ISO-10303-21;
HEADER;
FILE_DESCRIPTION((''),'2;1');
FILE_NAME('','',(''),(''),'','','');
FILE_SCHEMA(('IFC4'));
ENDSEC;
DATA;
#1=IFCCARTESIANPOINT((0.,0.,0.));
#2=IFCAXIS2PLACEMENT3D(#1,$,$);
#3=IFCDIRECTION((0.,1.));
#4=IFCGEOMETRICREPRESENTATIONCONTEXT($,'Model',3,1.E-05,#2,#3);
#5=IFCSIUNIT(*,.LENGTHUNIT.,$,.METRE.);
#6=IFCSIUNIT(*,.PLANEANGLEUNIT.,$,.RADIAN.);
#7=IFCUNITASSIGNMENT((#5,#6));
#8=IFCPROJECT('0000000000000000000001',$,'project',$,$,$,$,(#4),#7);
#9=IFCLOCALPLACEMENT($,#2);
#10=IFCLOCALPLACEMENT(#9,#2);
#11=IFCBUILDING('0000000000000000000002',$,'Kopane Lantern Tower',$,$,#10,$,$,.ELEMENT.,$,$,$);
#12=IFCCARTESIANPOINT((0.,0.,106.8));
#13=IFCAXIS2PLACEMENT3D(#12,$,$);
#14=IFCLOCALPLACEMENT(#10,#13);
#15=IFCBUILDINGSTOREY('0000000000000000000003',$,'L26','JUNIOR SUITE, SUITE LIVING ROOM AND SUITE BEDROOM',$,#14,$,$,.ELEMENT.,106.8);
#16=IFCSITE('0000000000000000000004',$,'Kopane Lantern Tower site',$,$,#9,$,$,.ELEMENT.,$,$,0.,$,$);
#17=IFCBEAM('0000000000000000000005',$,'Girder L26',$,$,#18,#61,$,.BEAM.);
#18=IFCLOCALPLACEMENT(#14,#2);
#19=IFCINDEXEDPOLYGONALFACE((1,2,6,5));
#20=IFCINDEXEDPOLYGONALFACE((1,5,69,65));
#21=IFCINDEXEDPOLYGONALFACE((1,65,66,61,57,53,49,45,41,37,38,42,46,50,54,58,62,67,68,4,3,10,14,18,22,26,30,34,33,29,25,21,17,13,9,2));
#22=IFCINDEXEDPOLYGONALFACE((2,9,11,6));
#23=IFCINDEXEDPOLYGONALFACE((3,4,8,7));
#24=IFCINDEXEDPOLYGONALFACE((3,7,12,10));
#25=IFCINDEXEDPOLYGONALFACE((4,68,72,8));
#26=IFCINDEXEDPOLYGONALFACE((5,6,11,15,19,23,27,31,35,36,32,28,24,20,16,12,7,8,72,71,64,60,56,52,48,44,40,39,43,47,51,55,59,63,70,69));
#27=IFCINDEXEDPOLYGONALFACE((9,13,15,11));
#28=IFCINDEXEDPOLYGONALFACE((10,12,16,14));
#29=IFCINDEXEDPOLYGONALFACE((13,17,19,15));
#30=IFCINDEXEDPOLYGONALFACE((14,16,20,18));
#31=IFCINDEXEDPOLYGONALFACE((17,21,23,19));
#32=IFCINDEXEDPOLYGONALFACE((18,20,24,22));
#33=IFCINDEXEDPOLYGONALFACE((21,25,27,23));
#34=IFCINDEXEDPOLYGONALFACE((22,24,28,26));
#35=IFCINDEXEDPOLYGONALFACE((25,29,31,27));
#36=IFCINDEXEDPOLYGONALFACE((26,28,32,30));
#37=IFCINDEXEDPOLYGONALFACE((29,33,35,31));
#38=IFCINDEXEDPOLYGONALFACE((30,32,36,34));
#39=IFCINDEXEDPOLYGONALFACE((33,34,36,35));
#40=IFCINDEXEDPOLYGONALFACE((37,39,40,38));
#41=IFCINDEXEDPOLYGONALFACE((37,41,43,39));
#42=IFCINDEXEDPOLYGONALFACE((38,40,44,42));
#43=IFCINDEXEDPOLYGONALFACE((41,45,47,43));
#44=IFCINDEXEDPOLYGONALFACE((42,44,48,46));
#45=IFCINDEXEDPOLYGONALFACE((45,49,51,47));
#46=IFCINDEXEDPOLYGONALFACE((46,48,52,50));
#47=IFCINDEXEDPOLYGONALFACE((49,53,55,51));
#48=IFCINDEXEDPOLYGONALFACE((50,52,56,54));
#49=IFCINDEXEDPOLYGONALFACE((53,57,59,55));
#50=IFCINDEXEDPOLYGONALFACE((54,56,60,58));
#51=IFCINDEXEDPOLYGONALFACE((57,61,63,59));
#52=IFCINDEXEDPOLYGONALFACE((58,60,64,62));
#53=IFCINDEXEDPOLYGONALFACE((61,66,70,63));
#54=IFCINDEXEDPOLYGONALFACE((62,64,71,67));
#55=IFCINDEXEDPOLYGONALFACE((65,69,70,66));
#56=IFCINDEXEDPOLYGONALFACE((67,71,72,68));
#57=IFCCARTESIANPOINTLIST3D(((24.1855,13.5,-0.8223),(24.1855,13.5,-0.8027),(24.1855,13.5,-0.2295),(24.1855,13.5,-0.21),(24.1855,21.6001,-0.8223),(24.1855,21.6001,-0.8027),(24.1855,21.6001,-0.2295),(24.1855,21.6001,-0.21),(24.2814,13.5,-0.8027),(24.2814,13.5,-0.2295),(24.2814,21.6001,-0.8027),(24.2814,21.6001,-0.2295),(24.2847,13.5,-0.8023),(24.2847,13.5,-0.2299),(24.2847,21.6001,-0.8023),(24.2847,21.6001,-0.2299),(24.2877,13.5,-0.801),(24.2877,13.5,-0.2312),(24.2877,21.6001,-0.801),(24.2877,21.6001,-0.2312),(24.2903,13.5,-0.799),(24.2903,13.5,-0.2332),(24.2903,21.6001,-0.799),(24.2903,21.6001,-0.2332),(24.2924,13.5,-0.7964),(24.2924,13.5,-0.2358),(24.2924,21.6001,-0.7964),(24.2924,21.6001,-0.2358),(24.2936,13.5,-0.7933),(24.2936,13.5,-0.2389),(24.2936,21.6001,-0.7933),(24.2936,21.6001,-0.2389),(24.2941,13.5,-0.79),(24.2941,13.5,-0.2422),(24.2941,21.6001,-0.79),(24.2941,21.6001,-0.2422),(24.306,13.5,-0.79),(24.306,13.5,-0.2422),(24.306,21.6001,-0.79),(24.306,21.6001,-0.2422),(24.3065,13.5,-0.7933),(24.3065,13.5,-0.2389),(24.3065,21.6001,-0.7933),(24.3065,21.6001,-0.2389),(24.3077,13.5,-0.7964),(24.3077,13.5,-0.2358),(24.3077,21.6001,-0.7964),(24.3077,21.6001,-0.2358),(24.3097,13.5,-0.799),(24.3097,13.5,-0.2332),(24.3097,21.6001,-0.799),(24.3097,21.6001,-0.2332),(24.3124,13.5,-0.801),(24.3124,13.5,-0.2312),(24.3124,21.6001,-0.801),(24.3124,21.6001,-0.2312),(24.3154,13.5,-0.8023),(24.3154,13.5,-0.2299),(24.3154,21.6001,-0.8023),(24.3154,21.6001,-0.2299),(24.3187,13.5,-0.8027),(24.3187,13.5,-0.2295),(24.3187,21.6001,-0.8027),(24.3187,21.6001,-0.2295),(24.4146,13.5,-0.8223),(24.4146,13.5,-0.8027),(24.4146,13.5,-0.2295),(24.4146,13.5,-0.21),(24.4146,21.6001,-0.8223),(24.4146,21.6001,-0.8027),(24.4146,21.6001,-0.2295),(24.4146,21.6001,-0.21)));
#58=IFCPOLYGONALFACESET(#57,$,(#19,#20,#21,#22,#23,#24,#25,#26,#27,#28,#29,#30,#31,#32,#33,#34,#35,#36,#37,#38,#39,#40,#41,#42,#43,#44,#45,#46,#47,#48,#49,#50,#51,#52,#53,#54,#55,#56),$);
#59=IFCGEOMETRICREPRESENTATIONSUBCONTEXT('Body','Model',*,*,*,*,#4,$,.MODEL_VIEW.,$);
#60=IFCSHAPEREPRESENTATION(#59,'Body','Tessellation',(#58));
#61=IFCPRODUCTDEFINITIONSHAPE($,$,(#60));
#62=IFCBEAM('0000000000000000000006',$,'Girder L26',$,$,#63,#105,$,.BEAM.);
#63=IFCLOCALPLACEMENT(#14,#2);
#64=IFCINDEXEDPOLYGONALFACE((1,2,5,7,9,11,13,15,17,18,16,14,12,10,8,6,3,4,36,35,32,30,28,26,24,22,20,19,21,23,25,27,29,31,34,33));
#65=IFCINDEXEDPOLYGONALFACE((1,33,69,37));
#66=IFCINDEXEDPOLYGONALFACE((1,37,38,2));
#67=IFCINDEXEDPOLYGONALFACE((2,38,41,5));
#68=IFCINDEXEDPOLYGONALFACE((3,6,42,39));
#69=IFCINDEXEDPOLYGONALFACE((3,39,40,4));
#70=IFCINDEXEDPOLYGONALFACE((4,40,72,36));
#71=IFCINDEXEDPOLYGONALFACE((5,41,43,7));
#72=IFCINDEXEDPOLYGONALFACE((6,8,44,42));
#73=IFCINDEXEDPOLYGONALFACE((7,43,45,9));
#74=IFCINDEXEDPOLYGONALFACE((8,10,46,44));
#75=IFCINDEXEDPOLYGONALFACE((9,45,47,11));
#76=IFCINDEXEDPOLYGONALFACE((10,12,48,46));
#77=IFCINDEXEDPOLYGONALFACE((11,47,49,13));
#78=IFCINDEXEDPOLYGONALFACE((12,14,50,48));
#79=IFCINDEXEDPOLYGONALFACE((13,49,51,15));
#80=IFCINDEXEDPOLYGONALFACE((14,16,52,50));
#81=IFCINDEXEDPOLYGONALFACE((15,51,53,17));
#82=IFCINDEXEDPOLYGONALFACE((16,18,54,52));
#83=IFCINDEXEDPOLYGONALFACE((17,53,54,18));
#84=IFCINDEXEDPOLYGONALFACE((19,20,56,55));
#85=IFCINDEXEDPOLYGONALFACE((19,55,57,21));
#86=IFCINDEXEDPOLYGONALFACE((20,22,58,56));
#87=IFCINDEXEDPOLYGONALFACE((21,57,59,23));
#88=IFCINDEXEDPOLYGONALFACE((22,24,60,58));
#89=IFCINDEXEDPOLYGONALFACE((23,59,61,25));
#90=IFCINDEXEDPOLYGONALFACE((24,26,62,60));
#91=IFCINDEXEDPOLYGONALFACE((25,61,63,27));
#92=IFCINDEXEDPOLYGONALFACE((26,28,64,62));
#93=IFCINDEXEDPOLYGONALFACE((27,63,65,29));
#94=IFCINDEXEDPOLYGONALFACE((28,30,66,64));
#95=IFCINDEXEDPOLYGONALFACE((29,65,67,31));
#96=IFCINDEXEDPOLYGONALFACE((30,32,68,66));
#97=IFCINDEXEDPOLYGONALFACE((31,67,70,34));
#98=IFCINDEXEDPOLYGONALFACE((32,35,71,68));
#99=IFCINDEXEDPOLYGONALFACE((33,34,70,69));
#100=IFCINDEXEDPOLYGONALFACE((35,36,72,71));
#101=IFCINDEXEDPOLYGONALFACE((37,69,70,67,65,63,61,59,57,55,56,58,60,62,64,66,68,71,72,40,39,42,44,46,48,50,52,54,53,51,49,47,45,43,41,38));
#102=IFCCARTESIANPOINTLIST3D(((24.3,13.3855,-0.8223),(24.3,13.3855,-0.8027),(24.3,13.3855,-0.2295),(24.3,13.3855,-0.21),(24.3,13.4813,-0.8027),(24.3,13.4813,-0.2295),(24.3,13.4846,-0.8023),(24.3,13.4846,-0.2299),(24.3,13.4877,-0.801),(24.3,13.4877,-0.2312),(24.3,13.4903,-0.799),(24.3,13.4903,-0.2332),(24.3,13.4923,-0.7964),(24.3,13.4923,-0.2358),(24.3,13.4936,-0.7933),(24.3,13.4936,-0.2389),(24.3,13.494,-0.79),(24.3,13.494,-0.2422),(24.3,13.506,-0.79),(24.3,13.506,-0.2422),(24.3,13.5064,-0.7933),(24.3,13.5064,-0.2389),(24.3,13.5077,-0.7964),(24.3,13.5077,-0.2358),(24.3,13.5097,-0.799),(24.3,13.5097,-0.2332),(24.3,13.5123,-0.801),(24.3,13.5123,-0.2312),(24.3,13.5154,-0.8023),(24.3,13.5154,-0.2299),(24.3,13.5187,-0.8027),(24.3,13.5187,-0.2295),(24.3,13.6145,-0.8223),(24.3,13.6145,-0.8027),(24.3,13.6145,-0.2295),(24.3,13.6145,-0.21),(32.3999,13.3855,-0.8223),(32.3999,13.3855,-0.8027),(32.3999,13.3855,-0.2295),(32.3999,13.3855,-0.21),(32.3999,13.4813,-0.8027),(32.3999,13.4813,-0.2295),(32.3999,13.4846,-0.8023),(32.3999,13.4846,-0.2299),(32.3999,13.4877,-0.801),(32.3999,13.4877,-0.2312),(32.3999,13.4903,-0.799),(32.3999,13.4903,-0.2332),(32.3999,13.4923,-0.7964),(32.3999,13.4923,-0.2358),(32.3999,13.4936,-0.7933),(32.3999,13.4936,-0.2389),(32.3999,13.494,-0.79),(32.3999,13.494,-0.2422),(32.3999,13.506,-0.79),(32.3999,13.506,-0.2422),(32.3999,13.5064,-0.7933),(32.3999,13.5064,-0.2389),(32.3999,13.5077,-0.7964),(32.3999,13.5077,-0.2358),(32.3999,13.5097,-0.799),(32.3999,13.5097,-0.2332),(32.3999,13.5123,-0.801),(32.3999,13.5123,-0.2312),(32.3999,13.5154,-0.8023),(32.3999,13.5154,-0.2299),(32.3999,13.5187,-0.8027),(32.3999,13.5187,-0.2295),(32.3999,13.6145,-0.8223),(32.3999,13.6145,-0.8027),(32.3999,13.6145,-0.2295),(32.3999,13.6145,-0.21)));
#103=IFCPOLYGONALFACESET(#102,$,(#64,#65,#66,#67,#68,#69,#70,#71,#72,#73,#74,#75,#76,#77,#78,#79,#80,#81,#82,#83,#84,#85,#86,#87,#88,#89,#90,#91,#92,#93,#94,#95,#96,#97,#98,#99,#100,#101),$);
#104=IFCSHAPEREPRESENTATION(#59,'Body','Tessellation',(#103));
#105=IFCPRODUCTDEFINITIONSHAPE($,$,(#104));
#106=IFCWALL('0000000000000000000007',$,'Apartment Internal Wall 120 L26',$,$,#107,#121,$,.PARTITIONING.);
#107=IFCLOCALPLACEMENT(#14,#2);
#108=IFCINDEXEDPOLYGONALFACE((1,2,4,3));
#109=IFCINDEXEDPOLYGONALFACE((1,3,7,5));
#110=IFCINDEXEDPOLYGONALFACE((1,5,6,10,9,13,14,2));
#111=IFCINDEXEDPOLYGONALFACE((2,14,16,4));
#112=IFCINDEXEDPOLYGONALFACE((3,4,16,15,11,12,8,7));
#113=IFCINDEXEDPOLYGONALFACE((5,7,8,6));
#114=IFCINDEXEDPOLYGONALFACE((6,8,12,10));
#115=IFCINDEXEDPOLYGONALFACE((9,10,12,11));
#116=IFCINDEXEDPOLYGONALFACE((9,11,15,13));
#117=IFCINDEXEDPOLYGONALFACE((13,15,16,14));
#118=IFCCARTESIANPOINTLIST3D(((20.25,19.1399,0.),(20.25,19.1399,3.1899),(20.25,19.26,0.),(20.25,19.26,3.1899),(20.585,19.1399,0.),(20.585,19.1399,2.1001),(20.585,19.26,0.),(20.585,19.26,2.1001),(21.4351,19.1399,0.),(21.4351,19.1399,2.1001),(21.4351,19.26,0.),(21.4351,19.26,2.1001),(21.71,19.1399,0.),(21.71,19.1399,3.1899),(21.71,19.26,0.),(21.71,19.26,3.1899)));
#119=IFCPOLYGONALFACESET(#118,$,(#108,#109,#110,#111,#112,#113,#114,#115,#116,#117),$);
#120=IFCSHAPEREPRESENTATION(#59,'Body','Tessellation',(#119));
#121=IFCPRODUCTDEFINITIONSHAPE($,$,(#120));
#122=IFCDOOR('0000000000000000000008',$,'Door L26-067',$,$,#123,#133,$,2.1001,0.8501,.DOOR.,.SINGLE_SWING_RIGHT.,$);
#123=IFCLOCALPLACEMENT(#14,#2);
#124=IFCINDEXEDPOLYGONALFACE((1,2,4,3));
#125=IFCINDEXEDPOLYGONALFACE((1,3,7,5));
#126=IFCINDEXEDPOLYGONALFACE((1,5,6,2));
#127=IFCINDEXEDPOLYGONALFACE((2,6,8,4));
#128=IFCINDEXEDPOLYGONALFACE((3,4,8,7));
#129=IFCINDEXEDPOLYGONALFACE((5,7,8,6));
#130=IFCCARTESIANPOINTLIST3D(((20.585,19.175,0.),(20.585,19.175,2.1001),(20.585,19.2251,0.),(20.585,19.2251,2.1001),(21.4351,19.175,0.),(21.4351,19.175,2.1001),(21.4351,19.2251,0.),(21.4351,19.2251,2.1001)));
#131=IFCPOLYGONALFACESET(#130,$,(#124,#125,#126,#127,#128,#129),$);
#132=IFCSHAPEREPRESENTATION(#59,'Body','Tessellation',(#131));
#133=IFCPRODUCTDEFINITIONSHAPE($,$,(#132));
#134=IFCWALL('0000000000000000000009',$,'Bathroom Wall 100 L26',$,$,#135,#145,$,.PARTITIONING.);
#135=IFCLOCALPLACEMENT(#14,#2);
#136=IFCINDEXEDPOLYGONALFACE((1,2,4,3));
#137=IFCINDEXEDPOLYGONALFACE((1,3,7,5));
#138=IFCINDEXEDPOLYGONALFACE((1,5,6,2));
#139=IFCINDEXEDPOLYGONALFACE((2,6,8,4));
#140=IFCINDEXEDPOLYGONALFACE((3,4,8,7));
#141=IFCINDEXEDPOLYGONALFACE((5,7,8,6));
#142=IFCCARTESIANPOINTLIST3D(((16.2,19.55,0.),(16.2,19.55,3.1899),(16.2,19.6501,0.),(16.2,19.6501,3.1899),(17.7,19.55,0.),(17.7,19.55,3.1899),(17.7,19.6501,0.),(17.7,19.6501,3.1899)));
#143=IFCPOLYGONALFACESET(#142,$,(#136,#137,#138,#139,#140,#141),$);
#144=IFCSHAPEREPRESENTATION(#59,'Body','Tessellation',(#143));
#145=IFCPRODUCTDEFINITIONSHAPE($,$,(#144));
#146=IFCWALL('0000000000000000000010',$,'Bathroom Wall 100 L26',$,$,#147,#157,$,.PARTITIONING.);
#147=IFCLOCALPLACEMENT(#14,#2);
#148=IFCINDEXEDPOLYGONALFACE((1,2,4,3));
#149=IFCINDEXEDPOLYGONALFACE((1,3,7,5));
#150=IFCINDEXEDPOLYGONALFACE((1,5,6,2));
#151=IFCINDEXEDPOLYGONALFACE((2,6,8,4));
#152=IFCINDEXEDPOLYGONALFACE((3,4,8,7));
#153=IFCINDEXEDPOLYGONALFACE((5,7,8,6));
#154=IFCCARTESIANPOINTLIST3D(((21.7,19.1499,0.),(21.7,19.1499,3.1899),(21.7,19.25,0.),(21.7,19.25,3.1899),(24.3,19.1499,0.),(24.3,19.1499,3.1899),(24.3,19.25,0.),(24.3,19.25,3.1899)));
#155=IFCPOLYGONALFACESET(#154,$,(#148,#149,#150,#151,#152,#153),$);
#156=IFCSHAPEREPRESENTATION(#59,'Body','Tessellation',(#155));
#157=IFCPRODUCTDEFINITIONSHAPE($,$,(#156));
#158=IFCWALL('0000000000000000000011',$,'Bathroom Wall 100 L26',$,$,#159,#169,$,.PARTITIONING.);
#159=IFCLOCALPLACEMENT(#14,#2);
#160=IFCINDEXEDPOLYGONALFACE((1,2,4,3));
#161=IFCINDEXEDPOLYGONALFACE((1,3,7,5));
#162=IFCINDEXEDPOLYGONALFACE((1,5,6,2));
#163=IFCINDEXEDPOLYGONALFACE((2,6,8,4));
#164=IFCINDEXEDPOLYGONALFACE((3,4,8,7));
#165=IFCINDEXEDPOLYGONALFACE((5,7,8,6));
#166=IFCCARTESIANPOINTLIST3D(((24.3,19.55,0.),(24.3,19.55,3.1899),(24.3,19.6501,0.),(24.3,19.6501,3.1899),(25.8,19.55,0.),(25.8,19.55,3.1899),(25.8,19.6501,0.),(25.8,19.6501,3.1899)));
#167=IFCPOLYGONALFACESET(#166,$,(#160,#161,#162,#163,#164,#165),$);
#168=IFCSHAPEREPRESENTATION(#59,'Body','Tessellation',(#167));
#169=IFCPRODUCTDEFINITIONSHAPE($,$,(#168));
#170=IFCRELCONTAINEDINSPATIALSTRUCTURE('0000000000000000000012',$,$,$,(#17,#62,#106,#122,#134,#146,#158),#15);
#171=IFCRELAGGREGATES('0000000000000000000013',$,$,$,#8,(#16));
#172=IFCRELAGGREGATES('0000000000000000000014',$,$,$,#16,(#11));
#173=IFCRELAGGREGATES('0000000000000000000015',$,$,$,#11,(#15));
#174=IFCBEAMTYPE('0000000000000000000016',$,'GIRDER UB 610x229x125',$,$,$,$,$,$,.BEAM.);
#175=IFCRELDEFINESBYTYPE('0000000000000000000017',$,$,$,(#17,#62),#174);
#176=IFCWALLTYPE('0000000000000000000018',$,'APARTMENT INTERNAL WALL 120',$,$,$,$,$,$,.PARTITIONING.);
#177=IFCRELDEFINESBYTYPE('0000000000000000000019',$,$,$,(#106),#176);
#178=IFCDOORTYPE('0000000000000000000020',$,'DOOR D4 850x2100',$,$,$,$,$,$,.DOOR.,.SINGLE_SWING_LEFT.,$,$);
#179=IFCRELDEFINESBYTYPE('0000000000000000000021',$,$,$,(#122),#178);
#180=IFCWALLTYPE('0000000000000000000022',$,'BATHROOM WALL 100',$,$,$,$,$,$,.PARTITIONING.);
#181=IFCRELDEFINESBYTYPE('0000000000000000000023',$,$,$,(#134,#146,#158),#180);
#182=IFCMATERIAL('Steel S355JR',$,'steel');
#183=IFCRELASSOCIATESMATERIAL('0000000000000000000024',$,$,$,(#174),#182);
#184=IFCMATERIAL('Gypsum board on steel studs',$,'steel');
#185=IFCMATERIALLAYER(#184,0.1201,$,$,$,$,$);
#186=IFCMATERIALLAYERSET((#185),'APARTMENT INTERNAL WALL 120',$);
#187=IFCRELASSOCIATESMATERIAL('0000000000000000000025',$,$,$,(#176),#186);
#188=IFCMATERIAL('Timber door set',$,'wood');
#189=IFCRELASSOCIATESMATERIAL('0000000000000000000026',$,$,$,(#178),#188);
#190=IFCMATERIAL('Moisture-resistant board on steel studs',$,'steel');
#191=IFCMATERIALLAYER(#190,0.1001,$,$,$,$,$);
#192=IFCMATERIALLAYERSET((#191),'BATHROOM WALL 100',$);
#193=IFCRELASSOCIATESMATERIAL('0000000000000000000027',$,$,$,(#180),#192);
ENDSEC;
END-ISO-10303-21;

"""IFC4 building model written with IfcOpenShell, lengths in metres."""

from ifc_helpers import new_model, si_unit, direction, frame, frame_2d, origin, origin_2d, place, context, subcontext, project, spatial, rectangle, i_section, extrude, material, layer, layer_set, material_profile, profile_set, type_object, element, fill, save


model = new_model("IFC4")

# Units and contexts
model_context = context("Model", 3, precision=1e-05, world=origin(), true_north=direction((0.0, 1.0)))
body_context = subcontext(model_context, "Body", "Model", "MODEL_VIEW")
ifc_project = project(units=[si_unit("LENGTHUNIT", "METRE"), si_unit("PLANEANGLEUNIT", "RADIAN")], contexts=[model_context])

# Site, building, storey
site_placement = place(None, origin())
site = spatial("IfcSite", under=ifc_project, at=site_placement, Name="Kopane Lantern Tower site", CompositionType="ELEMENT", RefElevation=0.0)
building_placement = place(site_placement, origin())
building = spatial("IfcBuilding", under=site, at=building_placement, Name="Kopane Lantern Tower", CompositionType="ELEMENT")
storey_placement = place(building_placement, frame((0.0, 0.0, 106.8)))
storey = spatial("IfcBuildingStorey", under=building, at=storey_placement, Name="L26", Description="JUNIOR SUITE, SUITE LIVING ROOM AND SUITE BEDROOM", CompositionType="ELEMENT", Elevation=106.8)

# Beams
ifc_material_1 = material(Name="Steel S355JR", Category="steel")
ifc_material_profile_1 = material_profile(ifc_material_1, i_section(OverallWidth=0.229, OverallDepth=0.6123, WebThickness=0.012, FlangeThickness=0.0195, FilletRadius=0.0127, at=origin_2d()), Name="UB 610x229x125")
ifc_profile_set_1 = profile_set([ifc_material_profile_1], Name="Steel S355JR")
beam_type = type_object("IfcBeamType", Name="GIRDER UB 610x229x125", PredefinedType="BEAM", material=ifc_profile_set_1)
beam_1_placement = place(storey_placement, frame((24.3, 13.5, -0.5161), z_axis=(0.0, 1.0, 0.0), x_axis=(-1.0, 0.0, 0.0)))
element("IfcBeam", 1, at=beam_1_placement, inside=storey, type_object=beam_type, Name="Girder L26", PredefinedType="BEAM", context=body_context, shape_type="SweptSolid", body=[
    extrude(i_section(OverallWidth=0.229, OverallDepth=0.6123, WebThickness=0.012, FlangeThickness=0.0195, FilletRadius=0.0127, at=origin_2d()), origin(), (0.0, 0.0, 1.0), 8.1001),
])
beam_2_placement = place(storey_placement, frame((24.3, 13.5, -0.5161), z_axis=(1.0, 0.0, 0.0), x_axis=(0.0, 1.0, 0.0)))
element("IfcBeam", 2, at=beam_2_placement, inside=storey, type_object=beam_type, Name="Girder L26", PredefinedType="BEAM", context=body_context, shape_type="SweptSolid", body=[
    extrude(i_section(OverallWidth=0.229, OverallDepth=0.6123, WebThickness=0.012, FlangeThickness=0.0195, FilletRadius=0.0127, at=origin_2d()), origin(), (0.0, 0.0, 1.0), 8.0999),
])

# Wall, opening, door
ifc_material_2 = material(Name="Gypsum board on steel studs", Category="steel")
ifc_layer_1 = layer(ifc_material_2, 0.1201)
ifc_layer_set_1 = layer_set([ifc_layer_1], Name="APARTMENT INTERNAL WALL 120")
wall_type_1 = type_object("IfcWallType", Name="APARTMENT INTERNAL WALL 120", PredefinedType="PARTITIONING", material=ifc_layer_set_1)
wall_1_placement = place(storey_placement, frame((21.71, 19.2, 0.0), z_axis=(0.0, 0.0, 1.0), x_axis=(-1.0, 0.0, 0.0)))
wall_1 = element("IfcWall", 3, at=wall_1_placement, inside=storey, type_object=wall_type_1, Name="Apartment Internal Wall 120 L26", PredefinedType="PARTITIONING", context=body_context, shape_type="SweptSolid", body=[
    extrude(rectangle(XDim=1.46, YDim=0.1201, at=frame_2d((0.73, 0.0))), origin(), (0.0, 0.0, 1.0), 3.1899),
])
opening_placement = place(wall_1_placement, frame((0.2749, 0.0, 0.0)))
opening = element("IfcOpeningElement", 4, at=opening_placement, cuts=wall_1, PredefinedType="OPENING", context=body_context, shape_type="SweptSolid", body=[
    extrude(rectangle(XDim=0.8501, YDim=2.1001, at=frame_2d((0.425, 1.05))), frame((0.0, 0.0701, 0.0), z_axis=(0.0, -1.0, 0.0), x_axis=(1.0, 0.0, 0.0)), (0.0, 0.0, 1.0), 0.1401),
])
ifc_material_3 = material(Name="Timber door set", Category="wood")
door_type = type_object("IfcDoorType", Name="DOOR D4 850x2100", OperationType="SINGLE_SWING_LEFT", PredefinedType="DOOR", material=ifc_material_3)
door_placement = place(opening_placement, origin())
door = element("IfcDoor", 5, at=door_placement, inside=storey, type_object=door_type, Name="Door L26-067", OperationType="SINGLE_SWING_RIGHT", OverallHeight=2.1001, OverallWidth=0.8501, PredefinedType="DOOR", context=body_context, shape_type="SweptSolid", body=[
    extrude(rectangle(XDim=0.8501, YDim=2.1001, at=frame_2d((0.425, 1.05))), frame((0.0, 0.0249, 0.0), z_axis=(0.0, -1.0, 0.0), x_axis=(1.0, 0.0, 0.0)), (0.0, 0.0, 1.0), 0.05),
])
fill(opening, door)

# Walls
ifc_material_4 = material(Name="Moisture-resistant board on steel studs", Category="steel")
ifc_layer_2 = layer(ifc_material_4, 0.1001)
ifc_layer_set_2 = layer_set([ifc_layer_2], Name="BATHROOM WALL 100")
wall_type_2 = type_object("IfcWallType", Name="BATHROOM WALL 100", PredefinedType="PARTITIONING", material=ifc_layer_set_2)
wall_2_placement = place(storey_placement, frame((16.2, 19.6001, 0.0), z_axis=(0.0, 0.0, 1.0), x_axis=(1.0, 0.0, 0.0)))
element("IfcWall", 6, at=wall_2_placement, inside=storey, type_object=wall_type_2, Name="Bathroom Wall 100 L26", PredefinedType="PARTITIONING", context=body_context, shape_type="SweptSolid", body=[
    extrude(rectangle(XDim=1.5, YDim=0.1001, at=frame_2d((0.75, 0.0))), origin(), (0.0, 0.0, 1.0), 3.1899),
])
wall_3_placement = place(storey_placement, frame((21.7, 19.2, 0.0), z_axis=(0.0, 0.0, 1.0), x_axis=(1.0, 0.0, 0.0)))
element("IfcWall", 7, at=wall_3_placement, inside=storey, type_object=wall_type_2, Name="Bathroom Wall 100 L26", PredefinedType="PARTITIONING", context=body_context, shape_type="SweptSolid", body=[
    extrude(rectangle(XDim=2.6001, YDim=0.1001, at=frame_2d((1.3, 0.0))), origin(), (0.0, 0.0, 1.0), 3.1899),
])
wall_4_placement = place(storey_placement, frame((24.3, 19.6001, 0.0), z_axis=(0.0, 0.0, 1.0), x_axis=(1.0, 0.0, 0.0)))
element("IfcWall", 8, at=wall_4_placement, inside=storey, type_object=wall_type_2, Name="Bathroom Wall 100 L26", PredefinedType="PARTITIONING", context=body_context, shape_type="SweptSolid", body=[
    extrude(rectangle(XDim=1.5, YDim=0.1001, at=frame_2d((0.75, 0.0))), origin(), (0.0, 0.0, 1.0), 3.1899),
])

save(model, "model.ifc")
